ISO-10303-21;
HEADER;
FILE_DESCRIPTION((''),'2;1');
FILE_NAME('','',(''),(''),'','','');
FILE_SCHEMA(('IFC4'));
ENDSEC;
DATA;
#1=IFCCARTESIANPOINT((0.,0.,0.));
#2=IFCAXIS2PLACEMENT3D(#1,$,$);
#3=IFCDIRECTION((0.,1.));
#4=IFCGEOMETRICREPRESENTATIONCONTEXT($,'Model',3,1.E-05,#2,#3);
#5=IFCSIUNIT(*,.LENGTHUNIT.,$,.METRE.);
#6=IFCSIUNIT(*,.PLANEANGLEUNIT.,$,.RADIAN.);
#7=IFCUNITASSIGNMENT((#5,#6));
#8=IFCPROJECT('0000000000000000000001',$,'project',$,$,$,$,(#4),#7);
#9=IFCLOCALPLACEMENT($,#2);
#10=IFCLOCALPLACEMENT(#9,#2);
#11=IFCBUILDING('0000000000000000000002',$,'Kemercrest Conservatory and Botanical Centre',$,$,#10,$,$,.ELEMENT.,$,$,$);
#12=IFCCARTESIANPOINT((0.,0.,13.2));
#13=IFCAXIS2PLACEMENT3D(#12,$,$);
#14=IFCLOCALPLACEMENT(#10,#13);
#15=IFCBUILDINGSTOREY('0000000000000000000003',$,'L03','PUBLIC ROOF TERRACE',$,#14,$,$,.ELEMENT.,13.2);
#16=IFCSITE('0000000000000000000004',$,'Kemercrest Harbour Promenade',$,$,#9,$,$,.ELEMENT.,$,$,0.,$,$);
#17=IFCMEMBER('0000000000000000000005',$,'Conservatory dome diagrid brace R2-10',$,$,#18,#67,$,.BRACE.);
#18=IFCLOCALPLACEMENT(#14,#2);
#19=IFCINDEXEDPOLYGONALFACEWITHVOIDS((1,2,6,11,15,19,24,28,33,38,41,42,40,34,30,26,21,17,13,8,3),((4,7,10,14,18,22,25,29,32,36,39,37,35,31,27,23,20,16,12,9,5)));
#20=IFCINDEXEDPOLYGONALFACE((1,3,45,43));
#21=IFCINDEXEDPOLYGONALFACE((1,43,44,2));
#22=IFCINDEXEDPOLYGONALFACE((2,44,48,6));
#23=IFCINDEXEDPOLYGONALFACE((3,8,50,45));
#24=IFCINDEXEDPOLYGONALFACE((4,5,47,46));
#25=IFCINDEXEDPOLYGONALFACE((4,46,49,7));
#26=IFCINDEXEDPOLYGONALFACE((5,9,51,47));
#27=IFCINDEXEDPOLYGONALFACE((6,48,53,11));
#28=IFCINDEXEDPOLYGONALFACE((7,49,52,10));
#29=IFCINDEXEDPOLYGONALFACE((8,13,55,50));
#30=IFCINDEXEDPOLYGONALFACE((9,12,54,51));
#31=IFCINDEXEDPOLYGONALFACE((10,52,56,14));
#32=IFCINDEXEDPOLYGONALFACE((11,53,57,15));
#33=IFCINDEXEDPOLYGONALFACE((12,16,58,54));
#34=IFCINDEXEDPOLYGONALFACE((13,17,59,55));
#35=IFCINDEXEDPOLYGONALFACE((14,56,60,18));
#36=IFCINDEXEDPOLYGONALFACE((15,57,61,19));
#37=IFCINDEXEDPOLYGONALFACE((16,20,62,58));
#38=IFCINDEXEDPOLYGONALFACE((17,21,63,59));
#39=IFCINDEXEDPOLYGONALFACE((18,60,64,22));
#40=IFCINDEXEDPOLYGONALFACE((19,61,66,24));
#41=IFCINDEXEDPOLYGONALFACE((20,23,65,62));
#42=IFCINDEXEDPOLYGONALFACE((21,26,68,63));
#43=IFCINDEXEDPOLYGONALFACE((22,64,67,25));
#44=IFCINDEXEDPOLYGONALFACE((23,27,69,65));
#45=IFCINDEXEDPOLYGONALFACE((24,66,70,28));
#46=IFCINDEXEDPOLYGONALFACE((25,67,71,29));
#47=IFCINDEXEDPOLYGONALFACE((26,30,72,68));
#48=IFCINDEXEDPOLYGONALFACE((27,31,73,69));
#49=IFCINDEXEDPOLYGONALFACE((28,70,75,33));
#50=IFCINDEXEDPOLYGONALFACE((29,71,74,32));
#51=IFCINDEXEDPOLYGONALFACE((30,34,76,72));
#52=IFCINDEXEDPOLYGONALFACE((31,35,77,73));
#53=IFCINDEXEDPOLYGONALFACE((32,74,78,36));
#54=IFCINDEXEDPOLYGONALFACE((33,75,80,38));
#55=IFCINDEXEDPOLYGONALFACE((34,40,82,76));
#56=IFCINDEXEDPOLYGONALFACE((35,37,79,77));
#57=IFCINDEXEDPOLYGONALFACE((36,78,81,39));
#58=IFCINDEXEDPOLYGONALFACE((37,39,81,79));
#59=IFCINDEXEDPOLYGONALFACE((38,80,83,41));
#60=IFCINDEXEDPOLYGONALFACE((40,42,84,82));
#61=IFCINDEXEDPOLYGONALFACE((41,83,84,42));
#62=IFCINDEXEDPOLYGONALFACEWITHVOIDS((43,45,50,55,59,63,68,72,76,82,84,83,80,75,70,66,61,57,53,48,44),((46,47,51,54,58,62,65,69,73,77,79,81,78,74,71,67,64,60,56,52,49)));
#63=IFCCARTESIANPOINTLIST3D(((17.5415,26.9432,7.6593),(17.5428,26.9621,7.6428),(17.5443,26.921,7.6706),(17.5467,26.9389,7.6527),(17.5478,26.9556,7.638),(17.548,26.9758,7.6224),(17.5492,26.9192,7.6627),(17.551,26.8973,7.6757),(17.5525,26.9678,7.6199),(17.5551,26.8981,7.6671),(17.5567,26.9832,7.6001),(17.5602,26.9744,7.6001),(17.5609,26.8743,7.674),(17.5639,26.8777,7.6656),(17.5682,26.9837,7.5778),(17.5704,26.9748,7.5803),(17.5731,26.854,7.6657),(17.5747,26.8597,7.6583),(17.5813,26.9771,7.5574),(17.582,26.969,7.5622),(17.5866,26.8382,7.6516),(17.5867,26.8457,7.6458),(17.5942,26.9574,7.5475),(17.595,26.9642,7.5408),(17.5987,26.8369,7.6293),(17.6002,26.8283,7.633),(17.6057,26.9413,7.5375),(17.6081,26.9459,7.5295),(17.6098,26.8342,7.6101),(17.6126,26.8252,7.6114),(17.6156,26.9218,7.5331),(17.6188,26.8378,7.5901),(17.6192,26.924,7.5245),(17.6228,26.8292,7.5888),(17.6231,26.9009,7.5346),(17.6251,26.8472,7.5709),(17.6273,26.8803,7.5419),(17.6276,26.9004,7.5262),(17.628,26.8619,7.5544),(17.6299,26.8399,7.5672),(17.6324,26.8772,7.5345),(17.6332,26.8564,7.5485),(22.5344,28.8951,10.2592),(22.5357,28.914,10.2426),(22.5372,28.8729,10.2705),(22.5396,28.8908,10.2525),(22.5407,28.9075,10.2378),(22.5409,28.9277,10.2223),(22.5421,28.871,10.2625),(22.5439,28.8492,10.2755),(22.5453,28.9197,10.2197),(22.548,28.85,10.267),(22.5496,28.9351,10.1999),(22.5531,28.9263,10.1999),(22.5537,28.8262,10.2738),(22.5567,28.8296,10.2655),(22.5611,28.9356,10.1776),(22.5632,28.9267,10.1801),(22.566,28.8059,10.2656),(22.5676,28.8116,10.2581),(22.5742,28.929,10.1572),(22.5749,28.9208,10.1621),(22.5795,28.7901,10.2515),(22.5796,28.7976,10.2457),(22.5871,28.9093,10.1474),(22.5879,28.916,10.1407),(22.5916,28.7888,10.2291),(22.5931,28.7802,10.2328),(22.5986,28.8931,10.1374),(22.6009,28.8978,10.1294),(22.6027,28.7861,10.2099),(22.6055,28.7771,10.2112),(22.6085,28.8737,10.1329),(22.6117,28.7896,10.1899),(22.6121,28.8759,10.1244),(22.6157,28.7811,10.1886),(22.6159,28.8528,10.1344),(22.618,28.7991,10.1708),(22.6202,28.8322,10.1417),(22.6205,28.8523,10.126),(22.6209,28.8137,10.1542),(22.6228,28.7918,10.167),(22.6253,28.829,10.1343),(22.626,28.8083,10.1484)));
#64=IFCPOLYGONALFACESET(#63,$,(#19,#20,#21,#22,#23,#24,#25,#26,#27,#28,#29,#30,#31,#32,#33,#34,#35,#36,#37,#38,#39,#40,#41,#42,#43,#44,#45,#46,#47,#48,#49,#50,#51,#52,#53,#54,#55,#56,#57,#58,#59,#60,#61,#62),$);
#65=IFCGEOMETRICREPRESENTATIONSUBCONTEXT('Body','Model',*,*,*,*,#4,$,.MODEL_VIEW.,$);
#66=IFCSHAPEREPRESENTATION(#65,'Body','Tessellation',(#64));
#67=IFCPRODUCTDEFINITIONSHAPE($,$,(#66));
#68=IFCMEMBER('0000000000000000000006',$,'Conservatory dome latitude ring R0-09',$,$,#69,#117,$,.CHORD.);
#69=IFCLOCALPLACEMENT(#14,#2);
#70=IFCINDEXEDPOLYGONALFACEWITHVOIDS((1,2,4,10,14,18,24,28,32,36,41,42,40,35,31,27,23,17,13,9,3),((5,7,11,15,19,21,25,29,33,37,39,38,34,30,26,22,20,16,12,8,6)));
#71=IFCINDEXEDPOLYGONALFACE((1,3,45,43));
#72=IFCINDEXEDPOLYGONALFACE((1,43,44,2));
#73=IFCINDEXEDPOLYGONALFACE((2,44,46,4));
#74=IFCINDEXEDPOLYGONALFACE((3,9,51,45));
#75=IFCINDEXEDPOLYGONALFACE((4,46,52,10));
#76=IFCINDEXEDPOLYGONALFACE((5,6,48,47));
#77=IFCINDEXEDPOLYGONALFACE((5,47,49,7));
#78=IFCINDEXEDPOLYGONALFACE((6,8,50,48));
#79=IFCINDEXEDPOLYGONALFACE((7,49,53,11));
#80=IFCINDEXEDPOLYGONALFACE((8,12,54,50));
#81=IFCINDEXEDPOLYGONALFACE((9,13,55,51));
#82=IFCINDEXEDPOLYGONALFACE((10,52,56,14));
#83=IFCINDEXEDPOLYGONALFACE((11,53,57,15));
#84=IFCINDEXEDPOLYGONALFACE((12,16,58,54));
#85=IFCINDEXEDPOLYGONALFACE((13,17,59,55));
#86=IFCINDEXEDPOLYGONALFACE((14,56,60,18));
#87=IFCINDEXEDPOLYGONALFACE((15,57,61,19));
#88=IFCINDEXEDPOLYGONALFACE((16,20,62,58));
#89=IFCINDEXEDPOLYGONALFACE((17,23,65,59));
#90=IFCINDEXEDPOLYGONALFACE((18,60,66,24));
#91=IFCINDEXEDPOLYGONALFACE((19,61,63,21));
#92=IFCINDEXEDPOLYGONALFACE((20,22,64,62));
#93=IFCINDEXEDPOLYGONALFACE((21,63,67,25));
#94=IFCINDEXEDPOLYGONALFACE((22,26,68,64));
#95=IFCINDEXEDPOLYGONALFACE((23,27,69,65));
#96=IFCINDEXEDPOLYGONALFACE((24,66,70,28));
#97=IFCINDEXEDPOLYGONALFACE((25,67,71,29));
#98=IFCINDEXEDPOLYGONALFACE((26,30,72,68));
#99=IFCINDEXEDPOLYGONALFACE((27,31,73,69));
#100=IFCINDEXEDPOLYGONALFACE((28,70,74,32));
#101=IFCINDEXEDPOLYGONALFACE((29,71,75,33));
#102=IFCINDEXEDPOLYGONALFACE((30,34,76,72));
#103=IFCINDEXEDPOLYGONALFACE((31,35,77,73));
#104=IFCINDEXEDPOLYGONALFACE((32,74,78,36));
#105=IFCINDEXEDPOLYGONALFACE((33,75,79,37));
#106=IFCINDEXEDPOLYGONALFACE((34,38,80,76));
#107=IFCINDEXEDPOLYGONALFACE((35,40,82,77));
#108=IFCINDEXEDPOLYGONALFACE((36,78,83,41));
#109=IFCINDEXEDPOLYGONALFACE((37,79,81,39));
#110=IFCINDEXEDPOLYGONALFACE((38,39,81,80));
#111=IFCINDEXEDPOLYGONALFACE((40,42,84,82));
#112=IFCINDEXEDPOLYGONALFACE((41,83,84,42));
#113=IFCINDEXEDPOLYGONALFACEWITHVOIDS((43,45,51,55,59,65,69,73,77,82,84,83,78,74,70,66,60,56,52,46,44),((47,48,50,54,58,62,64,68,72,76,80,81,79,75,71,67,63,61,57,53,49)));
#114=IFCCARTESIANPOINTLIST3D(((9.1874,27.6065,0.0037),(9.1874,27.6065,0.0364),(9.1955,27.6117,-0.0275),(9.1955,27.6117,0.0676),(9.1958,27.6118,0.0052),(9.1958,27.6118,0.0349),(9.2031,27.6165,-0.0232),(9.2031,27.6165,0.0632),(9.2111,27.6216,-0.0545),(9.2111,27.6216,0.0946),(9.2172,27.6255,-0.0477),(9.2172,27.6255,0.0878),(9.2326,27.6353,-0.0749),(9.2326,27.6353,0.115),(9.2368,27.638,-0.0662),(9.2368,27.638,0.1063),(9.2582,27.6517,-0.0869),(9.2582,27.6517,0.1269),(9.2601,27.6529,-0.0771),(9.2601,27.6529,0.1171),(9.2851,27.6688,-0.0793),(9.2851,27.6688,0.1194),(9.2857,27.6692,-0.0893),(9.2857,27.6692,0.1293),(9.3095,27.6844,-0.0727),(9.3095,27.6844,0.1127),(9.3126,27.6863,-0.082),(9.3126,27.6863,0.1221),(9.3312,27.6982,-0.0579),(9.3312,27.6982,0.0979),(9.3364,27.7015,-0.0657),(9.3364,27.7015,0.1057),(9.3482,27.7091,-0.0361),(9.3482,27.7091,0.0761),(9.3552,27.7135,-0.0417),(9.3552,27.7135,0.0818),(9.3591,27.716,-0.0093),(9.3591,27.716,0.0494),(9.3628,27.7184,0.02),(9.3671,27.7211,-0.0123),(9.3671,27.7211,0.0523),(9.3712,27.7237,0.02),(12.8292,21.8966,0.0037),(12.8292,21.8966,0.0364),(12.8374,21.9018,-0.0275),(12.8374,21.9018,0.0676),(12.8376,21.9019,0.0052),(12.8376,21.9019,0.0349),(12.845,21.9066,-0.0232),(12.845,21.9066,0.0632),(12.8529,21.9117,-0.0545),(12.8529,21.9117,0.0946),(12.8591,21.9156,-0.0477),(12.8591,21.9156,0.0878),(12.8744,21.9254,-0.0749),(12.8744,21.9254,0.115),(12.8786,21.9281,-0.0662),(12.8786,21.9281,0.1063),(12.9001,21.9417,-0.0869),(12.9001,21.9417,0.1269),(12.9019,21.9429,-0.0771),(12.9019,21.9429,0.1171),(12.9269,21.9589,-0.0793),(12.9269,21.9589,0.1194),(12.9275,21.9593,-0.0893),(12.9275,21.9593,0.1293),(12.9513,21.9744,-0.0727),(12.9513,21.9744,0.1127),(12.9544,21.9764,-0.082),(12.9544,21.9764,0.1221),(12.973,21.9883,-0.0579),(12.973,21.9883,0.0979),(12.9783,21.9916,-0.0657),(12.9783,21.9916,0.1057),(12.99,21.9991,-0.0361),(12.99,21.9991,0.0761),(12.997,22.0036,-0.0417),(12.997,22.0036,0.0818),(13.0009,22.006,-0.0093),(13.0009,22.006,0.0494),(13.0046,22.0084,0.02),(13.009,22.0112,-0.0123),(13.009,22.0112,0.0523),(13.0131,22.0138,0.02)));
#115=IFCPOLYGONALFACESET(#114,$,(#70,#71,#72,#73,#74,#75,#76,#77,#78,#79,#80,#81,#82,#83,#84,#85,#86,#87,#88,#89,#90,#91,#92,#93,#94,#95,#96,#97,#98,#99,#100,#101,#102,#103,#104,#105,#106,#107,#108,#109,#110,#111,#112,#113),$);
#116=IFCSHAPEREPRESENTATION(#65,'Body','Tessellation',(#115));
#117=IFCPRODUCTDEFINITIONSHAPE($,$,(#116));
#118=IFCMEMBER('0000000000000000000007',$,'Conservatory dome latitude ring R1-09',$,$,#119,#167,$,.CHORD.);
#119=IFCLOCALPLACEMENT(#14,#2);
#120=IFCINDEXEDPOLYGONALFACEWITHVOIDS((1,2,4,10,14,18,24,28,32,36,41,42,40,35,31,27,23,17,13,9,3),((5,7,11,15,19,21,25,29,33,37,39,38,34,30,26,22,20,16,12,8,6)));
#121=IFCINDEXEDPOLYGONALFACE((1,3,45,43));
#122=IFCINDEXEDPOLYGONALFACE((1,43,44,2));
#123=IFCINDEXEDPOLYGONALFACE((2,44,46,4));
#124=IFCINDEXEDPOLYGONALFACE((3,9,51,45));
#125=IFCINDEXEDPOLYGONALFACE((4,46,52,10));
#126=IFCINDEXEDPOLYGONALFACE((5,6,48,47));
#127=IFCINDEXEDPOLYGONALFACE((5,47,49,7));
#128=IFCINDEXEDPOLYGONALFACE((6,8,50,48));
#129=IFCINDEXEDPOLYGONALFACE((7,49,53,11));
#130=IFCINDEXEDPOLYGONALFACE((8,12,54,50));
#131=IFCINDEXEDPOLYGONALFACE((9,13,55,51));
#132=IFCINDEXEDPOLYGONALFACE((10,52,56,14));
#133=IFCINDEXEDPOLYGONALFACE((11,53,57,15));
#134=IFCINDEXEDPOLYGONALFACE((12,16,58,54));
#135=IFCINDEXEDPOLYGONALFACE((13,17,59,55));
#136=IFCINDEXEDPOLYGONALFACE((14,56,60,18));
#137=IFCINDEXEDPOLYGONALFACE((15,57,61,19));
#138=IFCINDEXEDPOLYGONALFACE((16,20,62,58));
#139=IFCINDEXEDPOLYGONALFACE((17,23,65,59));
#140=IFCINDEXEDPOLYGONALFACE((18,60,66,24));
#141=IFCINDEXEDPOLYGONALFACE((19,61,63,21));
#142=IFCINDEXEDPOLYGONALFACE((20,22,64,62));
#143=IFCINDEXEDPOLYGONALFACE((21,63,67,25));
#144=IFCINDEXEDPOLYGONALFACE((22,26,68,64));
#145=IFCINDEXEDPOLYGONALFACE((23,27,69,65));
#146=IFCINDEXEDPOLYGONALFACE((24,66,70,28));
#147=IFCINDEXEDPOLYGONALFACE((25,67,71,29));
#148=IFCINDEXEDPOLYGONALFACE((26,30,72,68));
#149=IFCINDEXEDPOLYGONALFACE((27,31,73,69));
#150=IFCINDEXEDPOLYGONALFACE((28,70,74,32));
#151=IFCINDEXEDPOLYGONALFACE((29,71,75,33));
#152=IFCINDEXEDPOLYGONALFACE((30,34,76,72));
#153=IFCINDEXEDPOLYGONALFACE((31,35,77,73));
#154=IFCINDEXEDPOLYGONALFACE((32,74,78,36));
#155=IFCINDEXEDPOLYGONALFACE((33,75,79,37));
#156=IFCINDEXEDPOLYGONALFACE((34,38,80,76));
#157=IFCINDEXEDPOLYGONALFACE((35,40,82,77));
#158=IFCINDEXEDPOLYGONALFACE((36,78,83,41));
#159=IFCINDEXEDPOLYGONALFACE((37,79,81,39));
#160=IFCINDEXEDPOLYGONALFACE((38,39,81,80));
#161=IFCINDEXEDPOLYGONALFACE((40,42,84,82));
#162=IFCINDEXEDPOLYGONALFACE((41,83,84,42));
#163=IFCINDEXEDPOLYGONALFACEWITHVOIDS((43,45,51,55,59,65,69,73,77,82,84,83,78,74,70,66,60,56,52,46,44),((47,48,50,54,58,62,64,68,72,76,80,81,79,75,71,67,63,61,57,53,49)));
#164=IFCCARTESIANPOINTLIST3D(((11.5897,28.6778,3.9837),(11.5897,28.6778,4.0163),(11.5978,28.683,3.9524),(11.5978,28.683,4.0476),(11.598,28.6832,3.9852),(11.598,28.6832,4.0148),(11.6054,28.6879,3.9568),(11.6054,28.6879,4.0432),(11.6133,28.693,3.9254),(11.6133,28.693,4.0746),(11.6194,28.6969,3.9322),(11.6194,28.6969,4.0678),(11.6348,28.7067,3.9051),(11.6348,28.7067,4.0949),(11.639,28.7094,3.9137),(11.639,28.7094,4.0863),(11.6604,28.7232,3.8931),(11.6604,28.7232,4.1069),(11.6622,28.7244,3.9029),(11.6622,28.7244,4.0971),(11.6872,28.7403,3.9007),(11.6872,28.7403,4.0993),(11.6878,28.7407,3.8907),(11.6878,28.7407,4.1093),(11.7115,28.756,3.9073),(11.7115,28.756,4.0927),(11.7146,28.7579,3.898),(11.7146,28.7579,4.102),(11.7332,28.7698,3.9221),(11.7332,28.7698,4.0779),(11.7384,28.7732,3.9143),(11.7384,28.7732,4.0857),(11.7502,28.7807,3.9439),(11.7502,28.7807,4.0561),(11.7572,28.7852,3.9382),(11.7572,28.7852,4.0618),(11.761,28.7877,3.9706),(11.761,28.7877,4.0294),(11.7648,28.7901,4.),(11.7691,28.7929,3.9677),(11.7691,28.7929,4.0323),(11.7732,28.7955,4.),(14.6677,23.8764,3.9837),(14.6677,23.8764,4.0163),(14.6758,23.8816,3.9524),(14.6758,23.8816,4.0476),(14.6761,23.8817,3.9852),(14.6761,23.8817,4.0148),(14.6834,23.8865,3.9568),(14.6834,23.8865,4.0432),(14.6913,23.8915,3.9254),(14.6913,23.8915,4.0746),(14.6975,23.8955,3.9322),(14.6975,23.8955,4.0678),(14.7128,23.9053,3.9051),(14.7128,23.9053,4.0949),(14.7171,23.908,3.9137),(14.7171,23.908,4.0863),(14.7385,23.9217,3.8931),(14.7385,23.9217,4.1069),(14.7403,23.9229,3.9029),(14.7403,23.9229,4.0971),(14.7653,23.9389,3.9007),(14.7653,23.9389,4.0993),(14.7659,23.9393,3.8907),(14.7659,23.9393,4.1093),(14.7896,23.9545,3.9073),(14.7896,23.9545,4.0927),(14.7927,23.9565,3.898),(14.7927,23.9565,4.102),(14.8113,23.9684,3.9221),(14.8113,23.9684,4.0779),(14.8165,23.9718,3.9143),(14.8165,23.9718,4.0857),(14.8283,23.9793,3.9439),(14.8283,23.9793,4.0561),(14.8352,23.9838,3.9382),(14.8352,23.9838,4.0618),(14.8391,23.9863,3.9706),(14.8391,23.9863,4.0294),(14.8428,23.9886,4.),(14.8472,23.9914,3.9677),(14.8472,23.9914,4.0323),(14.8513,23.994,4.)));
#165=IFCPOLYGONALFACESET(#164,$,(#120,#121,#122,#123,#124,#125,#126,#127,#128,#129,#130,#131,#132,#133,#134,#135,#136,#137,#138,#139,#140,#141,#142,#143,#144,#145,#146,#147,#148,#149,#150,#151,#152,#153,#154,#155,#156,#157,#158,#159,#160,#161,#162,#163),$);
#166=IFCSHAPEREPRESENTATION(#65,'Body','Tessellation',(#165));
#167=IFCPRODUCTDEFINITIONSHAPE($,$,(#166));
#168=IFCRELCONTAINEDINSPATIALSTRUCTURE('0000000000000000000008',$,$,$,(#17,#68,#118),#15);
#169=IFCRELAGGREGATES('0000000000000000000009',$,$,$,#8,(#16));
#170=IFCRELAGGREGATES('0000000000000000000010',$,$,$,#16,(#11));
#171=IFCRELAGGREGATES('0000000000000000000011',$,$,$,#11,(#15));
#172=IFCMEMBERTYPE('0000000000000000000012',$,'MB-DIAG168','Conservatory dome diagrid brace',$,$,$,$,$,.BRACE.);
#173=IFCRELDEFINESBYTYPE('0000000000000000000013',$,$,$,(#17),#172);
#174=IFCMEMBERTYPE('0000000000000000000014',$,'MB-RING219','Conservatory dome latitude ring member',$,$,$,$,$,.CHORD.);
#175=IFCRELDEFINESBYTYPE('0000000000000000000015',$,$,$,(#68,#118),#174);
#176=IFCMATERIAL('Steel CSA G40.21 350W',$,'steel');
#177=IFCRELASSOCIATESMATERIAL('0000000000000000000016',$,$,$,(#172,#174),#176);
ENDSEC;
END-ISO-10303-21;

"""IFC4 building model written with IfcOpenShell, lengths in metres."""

from ifc_helpers import new_model, si_unit, direction, frame, origin, origin_2d, place, context, subcontext, project, spatial, hollow_circle, extrude, material, material_profile, profile_set, type_object, element, save


model = new_model("IFC4")

# Units and contexts
model_context = context("Model", 3, precision=1e-05, world=origin(), true_north=direction((0.0, 1.0)))
body_context = subcontext(model_context, "Body", "Model", "MODEL_VIEW")
ifc_project = project(units=[si_unit("LENGTHUNIT", "METRE"), si_unit("PLANEANGLEUNIT", "RADIAN")], contexts=[model_context])

# Site, building, storey
site_placement = place(None, origin())
site = spatial("IfcSite", under=ifc_project, at=site_placement, Name="Kemercrest Harbour Promenade", CompositionType="ELEMENT", RefElevation=0.0)
building_placement = place(site_placement, origin())
building = spatial("IfcBuilding", under=site, at=building_placement, Name="Kemercrest Conservatory and Botanical Centre", CompositionType="ELEMENT")
storey_placement = place(building_placement, frame((0.0, 0.0, 13.2)))
storey = spatial("IfcBuildingStorey", under=building, at=storey_placement, Name="L03", Description="PUBLIC ROOF TERRACE", CompositionType="ELEMENT", Elevation=13.2)

# Shared definitions
ifc_material_1 = material(Name="Steel CSA G40.21 350W", Category="steel")

# Members
ifc_material_profile_1 = material_profile(ifc_material_1, hollow_circle(Radius=0.0842, WallThickness=0.0095, at=origin_2d()), Name="CHS 168.3x9.5")
ifc_profile_set_1 = profile_set([ifc_material_profile_1], Name="Steel CSA G40.21 350W")
member_type_1 = type_object("IfcMemberType", Name="MB-DIAG168", Description="Conservatory dome diagrid brace", PredefinedType="BRACE", material=ifc_profile_set_1)
member_1_placement = place(storey_placement, frame((17.5874, 26.9048, 7.6001), z_axis=(0.838012, 0.327608, 0.436359), x_axis=(-0.364101, 0.93136, 0.0)))
element("IfcMember", 1, at=member_1_placement, inside=storey, type_object=member_type_1, Name="Conservatory dome diagrid brace R2-10", PredefinedType="BRACE", context=body_context, shape_type="SweptSolid", body=[
    extrude(hollow_circle(Radius=0.0842, WallThickness=0.0095, at=origin_2d()), origin(), (0.0, 0.0, 1.0), 5.958),
])
ifc_material_profile_2 = material_profile(ifc_material_1, hollow_circle(Radius=0.1096, WallThickness=0.01, at=origin_2d()), Name="CHS 219.1x10.0")
ifc_profile_set_2 = profile_set([ifc_material_profile_2], Name="Steel CSA G40.21 350W")
member_type_2 = type_object("IfcMemberType", Name="MB-RING219", Description="Conservatory dome latitude ring member", PredefinedType="CHORD", material=ifc_profile_set_2)
member_2_placement = place(storey_placement, frame((9.2788, 27.6648, 0.02), z_axis=(0.537741, -0.84311, 0.0), x_axis=(0.84311, 0.537741, 0.0)))
element("IfcMember", 2, at=member_2_placement, inside=storey, type_object=member_type_2, Name="Conservatory dome latitude ring R0-09", PredefinedType="CHORD", context=body_context, shape_type="SweptSolid", body=[
    extrude(hollow_circle(Radius=0.1096, WallThickness=0.01, at=origin_2d()), origin(), (0.0, 0.0, 1.0), 6.7725),
])
member_3_placement = place(storey_placement, frame((11.6809, 28.7363, 4.0), z_axis=(0.539695, -0.841861, 0.0), x_axis=(0.841861, 0.539695, 0.0)))
element("IfcMember", 3, at=member_3_placement, inside=storey, type_object=member_type_2, Name="Conservatory dome latitude ring R1-09", PredefinedType="CHORD", context=body_context, shape_type="SweptSolid", body=[
    extrude(hollow_circle(Radius=0.1096, WallThickness=0.01, at=origin_2d()), origin(), (0.0, 0.0, 1.0), 5.7034),
])

save(model, "model.ifc")
